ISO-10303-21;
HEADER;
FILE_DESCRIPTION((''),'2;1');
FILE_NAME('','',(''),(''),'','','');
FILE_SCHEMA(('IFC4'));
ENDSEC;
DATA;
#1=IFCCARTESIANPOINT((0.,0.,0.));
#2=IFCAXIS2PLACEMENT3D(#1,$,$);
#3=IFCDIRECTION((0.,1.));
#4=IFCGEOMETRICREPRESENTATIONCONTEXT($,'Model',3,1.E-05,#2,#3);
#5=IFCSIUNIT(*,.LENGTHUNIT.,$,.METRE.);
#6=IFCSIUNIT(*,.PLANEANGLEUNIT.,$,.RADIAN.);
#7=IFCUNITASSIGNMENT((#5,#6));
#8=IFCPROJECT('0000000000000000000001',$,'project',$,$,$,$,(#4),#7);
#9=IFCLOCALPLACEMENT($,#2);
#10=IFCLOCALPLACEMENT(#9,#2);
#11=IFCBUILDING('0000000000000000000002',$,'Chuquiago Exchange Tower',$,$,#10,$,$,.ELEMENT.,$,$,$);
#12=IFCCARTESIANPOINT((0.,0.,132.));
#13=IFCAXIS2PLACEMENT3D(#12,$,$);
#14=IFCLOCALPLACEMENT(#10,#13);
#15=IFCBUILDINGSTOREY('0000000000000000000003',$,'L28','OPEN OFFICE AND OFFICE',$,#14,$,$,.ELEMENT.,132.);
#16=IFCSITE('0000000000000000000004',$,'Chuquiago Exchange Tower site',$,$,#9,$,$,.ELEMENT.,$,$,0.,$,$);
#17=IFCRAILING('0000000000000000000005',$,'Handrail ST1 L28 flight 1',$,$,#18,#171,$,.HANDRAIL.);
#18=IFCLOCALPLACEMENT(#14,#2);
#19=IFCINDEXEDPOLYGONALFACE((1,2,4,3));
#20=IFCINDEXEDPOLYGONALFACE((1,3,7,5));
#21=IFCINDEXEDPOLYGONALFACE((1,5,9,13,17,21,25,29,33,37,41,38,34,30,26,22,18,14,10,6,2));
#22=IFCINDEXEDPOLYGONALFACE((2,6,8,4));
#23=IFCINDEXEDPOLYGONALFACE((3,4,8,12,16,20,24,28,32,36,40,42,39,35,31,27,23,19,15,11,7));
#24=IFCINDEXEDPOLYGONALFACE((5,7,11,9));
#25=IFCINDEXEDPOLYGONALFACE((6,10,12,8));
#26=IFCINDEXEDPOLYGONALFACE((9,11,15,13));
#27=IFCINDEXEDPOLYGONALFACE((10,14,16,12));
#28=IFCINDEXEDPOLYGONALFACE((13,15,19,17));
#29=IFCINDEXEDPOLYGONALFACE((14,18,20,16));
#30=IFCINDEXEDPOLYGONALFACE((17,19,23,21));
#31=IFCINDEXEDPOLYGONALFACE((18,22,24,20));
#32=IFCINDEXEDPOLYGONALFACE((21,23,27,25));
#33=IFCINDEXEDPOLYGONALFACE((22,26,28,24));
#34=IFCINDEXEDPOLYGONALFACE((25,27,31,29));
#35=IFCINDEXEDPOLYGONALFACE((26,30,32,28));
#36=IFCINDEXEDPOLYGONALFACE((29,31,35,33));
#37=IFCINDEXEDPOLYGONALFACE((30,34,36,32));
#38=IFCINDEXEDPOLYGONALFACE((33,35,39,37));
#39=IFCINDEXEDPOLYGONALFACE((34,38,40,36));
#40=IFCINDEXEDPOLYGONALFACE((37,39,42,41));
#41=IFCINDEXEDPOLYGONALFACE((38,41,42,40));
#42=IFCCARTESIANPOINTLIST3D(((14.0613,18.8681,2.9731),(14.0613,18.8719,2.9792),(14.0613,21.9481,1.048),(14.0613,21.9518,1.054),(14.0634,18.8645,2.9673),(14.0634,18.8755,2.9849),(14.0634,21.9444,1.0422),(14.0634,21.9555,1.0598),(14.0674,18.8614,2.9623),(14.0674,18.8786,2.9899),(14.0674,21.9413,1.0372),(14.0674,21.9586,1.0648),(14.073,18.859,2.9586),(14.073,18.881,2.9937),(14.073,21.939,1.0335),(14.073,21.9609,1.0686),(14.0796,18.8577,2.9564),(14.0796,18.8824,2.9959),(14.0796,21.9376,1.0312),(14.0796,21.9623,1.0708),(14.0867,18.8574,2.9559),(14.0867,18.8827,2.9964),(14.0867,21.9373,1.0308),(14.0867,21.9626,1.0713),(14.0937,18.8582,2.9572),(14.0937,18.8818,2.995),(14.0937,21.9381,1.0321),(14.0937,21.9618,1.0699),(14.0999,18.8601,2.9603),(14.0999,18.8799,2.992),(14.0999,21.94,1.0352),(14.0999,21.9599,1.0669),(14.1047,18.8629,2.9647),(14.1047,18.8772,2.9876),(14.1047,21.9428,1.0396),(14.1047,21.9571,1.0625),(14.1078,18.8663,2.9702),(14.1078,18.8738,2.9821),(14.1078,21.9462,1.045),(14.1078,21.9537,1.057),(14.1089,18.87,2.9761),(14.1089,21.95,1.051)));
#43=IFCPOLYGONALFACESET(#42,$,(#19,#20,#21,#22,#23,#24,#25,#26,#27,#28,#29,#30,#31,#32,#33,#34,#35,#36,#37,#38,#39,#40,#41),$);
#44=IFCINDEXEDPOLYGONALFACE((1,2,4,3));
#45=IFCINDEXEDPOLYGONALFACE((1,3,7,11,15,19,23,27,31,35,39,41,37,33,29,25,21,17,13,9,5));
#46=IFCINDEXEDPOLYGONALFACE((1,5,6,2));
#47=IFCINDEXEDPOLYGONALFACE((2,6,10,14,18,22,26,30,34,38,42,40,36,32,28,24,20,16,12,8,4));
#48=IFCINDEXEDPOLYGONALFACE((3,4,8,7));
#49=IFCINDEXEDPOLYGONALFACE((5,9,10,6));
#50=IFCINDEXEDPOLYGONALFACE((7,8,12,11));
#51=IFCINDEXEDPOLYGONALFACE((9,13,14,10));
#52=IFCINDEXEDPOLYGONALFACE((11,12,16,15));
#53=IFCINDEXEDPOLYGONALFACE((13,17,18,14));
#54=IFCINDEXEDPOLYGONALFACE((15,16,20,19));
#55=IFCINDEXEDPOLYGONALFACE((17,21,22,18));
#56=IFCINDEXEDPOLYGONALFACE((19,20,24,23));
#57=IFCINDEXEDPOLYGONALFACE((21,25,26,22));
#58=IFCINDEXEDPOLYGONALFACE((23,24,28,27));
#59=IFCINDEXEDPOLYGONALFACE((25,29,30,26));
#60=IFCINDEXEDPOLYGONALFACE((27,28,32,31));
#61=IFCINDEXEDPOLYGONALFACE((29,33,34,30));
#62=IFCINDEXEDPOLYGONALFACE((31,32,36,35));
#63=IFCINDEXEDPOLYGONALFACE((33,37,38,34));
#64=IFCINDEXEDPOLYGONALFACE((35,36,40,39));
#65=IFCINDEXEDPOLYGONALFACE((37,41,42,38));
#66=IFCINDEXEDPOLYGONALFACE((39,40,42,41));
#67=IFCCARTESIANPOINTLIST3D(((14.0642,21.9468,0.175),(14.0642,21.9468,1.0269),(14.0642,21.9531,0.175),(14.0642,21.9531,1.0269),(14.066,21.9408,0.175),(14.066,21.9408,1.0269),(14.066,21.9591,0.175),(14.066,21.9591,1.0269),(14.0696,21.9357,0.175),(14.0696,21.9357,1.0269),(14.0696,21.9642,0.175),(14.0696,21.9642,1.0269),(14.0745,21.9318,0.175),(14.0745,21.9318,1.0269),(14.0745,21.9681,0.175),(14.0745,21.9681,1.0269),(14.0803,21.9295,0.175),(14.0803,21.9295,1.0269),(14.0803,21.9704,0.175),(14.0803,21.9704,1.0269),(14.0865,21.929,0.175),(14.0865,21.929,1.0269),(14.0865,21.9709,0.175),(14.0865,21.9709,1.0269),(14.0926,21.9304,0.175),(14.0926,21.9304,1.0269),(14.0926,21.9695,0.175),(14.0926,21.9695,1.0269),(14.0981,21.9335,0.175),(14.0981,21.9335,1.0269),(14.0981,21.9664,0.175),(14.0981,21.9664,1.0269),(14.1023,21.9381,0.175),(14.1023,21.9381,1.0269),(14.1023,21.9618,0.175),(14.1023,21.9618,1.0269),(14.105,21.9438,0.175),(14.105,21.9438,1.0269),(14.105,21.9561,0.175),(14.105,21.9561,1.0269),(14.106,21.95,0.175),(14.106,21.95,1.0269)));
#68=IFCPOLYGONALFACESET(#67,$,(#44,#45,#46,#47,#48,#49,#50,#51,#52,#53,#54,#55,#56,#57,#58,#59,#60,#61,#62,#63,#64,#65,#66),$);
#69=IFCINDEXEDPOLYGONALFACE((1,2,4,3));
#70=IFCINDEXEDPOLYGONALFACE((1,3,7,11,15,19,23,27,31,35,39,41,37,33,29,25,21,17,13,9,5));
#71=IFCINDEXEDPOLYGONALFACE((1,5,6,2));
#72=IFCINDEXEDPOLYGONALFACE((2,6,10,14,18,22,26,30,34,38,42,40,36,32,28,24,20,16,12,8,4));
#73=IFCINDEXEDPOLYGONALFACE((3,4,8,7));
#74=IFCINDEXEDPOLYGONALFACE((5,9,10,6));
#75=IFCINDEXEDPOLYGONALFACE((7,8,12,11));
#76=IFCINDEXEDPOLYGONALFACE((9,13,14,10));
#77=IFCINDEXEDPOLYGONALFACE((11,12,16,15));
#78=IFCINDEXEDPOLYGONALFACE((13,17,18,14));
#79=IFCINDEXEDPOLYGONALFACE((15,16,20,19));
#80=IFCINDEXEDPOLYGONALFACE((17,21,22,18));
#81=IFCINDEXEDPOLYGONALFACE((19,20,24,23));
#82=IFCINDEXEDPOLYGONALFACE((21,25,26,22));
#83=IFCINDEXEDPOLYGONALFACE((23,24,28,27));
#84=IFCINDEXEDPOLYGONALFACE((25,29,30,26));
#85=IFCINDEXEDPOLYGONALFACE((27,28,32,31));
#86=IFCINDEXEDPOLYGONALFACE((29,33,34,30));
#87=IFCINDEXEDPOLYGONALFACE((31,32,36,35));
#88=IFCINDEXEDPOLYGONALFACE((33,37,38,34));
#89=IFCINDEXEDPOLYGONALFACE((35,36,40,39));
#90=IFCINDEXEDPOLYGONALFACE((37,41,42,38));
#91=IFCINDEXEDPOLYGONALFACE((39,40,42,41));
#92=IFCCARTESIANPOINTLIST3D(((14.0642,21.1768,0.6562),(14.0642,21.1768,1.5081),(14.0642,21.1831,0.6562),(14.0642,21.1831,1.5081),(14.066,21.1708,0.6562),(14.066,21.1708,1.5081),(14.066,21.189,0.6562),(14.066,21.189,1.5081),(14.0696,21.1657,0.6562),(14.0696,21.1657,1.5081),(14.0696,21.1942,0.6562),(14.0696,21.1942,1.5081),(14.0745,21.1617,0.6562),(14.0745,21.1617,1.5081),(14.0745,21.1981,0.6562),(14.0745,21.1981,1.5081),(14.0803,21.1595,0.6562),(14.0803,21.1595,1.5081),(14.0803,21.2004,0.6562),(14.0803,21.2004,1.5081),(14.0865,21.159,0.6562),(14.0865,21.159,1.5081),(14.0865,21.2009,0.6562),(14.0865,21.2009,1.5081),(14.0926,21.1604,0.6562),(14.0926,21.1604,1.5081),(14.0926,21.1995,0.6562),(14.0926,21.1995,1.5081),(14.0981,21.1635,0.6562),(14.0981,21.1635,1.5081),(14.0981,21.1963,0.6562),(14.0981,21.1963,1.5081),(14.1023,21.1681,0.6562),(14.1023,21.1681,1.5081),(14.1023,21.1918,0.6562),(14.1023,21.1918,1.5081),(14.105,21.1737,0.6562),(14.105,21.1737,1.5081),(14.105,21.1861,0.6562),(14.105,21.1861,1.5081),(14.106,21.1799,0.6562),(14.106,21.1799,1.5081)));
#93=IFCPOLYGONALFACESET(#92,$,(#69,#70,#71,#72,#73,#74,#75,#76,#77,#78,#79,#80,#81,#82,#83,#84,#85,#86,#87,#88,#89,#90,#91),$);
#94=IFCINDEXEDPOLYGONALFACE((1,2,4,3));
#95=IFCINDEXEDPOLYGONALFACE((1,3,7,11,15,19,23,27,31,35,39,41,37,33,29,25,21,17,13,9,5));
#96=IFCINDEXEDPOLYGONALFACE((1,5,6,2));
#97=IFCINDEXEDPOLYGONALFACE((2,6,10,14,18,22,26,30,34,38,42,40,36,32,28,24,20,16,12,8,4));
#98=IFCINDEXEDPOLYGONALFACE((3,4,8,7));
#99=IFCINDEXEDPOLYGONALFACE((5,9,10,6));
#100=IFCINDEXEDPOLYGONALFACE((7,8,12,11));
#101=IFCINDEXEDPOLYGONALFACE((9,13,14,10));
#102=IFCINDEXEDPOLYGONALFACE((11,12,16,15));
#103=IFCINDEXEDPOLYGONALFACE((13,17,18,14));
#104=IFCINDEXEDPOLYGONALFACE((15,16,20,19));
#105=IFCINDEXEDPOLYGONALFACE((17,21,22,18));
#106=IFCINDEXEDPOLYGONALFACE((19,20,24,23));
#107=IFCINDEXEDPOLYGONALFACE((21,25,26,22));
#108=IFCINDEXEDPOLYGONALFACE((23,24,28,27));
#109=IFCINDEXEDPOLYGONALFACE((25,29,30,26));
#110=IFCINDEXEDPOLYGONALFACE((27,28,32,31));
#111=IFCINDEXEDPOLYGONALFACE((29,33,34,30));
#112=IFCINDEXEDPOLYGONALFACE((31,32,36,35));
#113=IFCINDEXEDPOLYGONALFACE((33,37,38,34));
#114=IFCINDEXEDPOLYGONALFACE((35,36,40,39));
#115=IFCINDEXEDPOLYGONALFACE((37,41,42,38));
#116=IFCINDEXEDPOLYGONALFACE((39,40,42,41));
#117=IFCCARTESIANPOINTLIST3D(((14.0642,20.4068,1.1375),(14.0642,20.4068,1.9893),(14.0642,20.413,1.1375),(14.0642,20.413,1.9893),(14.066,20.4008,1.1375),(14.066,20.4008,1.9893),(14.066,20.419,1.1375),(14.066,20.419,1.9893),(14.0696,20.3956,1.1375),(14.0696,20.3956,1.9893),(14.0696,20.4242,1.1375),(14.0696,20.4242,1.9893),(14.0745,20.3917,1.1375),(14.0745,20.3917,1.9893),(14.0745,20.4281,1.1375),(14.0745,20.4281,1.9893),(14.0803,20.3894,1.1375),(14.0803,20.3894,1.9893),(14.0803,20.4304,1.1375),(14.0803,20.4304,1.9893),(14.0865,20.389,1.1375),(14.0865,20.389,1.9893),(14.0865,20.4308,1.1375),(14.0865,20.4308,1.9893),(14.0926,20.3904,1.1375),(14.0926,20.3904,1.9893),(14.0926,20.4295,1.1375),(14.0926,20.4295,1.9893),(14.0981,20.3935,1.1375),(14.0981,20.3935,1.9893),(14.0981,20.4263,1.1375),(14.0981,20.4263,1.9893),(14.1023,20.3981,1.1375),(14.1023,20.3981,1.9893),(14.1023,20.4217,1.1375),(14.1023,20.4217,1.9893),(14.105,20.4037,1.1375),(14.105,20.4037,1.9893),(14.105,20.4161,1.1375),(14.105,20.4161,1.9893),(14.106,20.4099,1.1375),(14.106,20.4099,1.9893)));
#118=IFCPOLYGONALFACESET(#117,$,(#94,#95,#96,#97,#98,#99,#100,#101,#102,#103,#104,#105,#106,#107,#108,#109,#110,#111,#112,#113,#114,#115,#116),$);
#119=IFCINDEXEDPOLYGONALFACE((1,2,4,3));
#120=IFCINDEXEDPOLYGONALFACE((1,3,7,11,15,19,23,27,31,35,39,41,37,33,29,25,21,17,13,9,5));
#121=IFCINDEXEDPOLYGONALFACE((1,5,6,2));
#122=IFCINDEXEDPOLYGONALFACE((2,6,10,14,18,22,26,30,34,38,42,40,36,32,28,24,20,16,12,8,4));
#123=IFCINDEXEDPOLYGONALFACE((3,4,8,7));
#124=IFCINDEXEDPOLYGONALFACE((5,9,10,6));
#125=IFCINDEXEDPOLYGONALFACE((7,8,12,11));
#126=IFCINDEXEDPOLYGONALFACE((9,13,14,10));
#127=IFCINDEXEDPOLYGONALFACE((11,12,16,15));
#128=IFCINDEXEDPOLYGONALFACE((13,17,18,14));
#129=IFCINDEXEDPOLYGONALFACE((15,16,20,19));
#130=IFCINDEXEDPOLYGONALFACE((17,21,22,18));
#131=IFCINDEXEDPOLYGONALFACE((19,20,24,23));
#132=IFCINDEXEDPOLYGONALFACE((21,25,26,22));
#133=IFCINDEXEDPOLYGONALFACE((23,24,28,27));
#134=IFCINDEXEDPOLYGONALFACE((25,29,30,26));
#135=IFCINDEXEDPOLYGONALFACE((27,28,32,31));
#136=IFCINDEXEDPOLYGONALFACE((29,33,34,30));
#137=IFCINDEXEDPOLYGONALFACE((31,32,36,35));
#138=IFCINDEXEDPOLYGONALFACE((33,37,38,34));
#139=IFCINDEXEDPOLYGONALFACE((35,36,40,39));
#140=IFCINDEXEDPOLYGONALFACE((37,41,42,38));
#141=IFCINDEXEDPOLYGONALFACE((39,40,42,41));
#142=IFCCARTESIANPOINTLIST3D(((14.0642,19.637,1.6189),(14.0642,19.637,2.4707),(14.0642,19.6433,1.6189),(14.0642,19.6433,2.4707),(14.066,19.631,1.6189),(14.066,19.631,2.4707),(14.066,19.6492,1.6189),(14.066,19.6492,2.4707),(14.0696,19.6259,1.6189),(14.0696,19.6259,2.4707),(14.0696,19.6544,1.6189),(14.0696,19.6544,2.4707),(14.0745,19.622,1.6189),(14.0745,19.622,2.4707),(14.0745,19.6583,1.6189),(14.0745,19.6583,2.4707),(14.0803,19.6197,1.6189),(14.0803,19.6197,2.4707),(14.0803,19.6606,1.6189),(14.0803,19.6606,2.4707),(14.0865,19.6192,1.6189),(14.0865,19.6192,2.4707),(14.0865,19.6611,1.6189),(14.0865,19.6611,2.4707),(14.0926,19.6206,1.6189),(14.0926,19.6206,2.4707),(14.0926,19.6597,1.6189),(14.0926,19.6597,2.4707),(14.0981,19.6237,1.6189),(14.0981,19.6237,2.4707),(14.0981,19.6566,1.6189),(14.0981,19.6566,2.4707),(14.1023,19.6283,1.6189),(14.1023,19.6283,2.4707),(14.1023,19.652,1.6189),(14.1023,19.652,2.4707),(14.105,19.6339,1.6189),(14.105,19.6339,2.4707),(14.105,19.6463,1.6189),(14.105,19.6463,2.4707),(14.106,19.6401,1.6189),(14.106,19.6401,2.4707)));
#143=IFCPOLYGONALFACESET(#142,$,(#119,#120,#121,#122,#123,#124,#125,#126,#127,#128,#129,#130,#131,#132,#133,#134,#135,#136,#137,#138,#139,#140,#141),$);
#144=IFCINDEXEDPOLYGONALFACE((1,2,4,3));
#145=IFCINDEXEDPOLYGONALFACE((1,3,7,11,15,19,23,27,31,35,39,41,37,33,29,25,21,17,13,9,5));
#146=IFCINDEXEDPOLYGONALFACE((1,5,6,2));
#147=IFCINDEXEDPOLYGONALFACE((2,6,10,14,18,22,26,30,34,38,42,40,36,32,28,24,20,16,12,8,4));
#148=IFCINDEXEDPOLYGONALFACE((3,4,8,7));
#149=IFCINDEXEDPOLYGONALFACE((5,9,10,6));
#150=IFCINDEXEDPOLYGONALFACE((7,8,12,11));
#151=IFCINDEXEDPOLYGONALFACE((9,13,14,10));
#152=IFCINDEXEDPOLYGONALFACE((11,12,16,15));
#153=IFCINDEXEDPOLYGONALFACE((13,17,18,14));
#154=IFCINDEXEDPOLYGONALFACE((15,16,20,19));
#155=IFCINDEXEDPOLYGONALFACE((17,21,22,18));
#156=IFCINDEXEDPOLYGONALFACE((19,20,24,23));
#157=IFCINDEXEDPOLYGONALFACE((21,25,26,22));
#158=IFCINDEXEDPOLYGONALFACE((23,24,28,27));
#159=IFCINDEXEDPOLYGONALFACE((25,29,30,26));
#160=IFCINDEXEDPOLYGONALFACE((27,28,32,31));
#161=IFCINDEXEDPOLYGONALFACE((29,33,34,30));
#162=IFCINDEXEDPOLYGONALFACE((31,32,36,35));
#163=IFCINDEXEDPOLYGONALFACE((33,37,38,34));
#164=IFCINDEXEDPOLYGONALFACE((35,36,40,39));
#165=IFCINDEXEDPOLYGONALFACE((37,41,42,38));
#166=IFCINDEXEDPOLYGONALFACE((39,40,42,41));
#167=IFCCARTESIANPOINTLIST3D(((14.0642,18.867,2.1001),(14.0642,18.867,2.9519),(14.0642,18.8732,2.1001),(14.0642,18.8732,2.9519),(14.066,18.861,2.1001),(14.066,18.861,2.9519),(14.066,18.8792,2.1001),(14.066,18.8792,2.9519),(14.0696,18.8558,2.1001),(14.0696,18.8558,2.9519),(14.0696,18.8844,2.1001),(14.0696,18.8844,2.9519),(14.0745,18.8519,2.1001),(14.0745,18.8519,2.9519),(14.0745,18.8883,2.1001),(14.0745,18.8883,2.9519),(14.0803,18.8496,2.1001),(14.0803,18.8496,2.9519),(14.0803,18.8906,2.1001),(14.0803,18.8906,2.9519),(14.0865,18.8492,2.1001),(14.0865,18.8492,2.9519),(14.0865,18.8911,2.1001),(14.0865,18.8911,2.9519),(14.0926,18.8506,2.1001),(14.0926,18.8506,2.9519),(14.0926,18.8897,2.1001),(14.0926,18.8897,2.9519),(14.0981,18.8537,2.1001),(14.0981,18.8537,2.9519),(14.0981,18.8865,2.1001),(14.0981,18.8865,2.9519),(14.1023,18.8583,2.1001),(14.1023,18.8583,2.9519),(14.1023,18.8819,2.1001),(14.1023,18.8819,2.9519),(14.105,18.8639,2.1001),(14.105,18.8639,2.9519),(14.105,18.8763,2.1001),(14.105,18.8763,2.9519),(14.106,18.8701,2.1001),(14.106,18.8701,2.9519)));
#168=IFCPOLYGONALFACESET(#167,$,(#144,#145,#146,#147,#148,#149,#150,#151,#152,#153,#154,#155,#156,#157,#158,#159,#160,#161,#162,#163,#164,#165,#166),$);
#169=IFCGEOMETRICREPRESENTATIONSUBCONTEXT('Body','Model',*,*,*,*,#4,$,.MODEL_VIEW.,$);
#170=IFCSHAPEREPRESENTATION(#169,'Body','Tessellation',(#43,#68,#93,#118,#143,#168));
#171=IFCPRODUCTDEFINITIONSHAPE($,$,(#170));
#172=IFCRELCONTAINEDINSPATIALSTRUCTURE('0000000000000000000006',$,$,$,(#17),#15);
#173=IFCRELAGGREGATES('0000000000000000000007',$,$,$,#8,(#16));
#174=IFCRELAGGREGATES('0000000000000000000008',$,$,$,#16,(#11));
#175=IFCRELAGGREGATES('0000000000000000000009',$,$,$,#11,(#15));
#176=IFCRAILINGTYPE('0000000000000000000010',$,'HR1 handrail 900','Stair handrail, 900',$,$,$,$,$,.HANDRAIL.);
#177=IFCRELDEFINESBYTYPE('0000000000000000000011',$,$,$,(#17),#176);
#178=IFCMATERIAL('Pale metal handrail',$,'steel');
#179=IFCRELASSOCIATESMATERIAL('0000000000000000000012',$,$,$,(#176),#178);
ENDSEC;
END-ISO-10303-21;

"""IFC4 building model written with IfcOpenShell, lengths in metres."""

from ifc_helpers import new_model, si_unit, direction, frame, origin, origin_2d, place, context, subcontext, project, spatial, circle, extrude, material, type_object, element, save


model = new_model("IFC4")

# Units and contexts
model_context = context("Model", 3, precision=1e-05, world=origin(), true_north=direction((0.0, 1.0)))
body_context = subcontext(model_context, "Body", "Model", "MODEL_VIEW")
ifc_project = project(units=[si_unit("LENGTHUNIT", "METRE"), si_unit("PLANEANGLEUNIT", "RADIAN")], contexts=[model_context])

# Site, building, storey
site_placement = place(None, origin())
site = spatial("IfcSite", under=ifc_project, at=site_placement, Name="Chuquiago Exchange Tower site", CompositionType="ELEMENT", RefElevation=0.0)
building_placement = place(site_placement, origin())
building = spatial("IfcBuilding", under=site, at=building_placement, Name="Chuquiago Exchange Tower", CompositionType="ELEMENT")
storey_placement = place(building_placement, frame((0.0, 0.0, 132.0)))
storey = spatial("IfcBuildingStorey", under=building, at=storey_placement, Name="L28", Description="OPEN OFFICE AND OFFICE", CompositionType="ELEMENT", Elevation=132.0)

# Railing
ifc_material_1 = material(Name="Pale metal handrail", Category="steel")
railing_type_1 = type_object("IfcRailingType", Name="HR1 handrail 900", Description="Stair handrail, 900", PredefinedType="HANDRAIL", material=ifc_material_1)
for number, where, name in (
    (1, (14.085, 21.95, 0.175), "Handrail ST1 L28 flight 1"),
):
    element("IfcRailing", number, at=place(storey_placement, frame(where)), inside=storey, type_object=railing_type_1, Name=name, PredefinedType="HANDRAIL", context=body_context, shape_type="SweptSolid", body=[
        extrude(circle(Radius=0.0239, at=origin_2d()), frame((0.0, 0.0, 0.876), z_axis=(0.0, -0.847979, 0.530029), x_axis=(1.0, 0.0, 0.0)), (0.0, 0.0, 1.0), 3.6321),
        extrude(circle(Radius=0.021, at=origin_2d()), origin(), (0.0, 0.0, 1.0), 0.8518),
        extrude(circle(Radius=0.021, at=origin_2d()), frame((0.0, -0.77, 0.4812)), (0.0, 0.0, 1.0), 0.8518),
        extrude(circle(Radius=0.021, at=origin_2d()), frame((0.0, -1.54, 0.9624)), (0.0, 0.0, 1.0), 0.8518),
        extrude(circle(Radius=0.021, at=origin_2d()), frame((0.0, -2.3098, 1.4438)), (0.0, 0.0, 1.0), 0.8518),
        extrude(circle(Radius=0.021, at=origin_2d()), frame((0.0, -3.0798, 1.925)), (0.0, 0.0, 1.0), 0.8518),
    ])

save(model, "model.ifc")
